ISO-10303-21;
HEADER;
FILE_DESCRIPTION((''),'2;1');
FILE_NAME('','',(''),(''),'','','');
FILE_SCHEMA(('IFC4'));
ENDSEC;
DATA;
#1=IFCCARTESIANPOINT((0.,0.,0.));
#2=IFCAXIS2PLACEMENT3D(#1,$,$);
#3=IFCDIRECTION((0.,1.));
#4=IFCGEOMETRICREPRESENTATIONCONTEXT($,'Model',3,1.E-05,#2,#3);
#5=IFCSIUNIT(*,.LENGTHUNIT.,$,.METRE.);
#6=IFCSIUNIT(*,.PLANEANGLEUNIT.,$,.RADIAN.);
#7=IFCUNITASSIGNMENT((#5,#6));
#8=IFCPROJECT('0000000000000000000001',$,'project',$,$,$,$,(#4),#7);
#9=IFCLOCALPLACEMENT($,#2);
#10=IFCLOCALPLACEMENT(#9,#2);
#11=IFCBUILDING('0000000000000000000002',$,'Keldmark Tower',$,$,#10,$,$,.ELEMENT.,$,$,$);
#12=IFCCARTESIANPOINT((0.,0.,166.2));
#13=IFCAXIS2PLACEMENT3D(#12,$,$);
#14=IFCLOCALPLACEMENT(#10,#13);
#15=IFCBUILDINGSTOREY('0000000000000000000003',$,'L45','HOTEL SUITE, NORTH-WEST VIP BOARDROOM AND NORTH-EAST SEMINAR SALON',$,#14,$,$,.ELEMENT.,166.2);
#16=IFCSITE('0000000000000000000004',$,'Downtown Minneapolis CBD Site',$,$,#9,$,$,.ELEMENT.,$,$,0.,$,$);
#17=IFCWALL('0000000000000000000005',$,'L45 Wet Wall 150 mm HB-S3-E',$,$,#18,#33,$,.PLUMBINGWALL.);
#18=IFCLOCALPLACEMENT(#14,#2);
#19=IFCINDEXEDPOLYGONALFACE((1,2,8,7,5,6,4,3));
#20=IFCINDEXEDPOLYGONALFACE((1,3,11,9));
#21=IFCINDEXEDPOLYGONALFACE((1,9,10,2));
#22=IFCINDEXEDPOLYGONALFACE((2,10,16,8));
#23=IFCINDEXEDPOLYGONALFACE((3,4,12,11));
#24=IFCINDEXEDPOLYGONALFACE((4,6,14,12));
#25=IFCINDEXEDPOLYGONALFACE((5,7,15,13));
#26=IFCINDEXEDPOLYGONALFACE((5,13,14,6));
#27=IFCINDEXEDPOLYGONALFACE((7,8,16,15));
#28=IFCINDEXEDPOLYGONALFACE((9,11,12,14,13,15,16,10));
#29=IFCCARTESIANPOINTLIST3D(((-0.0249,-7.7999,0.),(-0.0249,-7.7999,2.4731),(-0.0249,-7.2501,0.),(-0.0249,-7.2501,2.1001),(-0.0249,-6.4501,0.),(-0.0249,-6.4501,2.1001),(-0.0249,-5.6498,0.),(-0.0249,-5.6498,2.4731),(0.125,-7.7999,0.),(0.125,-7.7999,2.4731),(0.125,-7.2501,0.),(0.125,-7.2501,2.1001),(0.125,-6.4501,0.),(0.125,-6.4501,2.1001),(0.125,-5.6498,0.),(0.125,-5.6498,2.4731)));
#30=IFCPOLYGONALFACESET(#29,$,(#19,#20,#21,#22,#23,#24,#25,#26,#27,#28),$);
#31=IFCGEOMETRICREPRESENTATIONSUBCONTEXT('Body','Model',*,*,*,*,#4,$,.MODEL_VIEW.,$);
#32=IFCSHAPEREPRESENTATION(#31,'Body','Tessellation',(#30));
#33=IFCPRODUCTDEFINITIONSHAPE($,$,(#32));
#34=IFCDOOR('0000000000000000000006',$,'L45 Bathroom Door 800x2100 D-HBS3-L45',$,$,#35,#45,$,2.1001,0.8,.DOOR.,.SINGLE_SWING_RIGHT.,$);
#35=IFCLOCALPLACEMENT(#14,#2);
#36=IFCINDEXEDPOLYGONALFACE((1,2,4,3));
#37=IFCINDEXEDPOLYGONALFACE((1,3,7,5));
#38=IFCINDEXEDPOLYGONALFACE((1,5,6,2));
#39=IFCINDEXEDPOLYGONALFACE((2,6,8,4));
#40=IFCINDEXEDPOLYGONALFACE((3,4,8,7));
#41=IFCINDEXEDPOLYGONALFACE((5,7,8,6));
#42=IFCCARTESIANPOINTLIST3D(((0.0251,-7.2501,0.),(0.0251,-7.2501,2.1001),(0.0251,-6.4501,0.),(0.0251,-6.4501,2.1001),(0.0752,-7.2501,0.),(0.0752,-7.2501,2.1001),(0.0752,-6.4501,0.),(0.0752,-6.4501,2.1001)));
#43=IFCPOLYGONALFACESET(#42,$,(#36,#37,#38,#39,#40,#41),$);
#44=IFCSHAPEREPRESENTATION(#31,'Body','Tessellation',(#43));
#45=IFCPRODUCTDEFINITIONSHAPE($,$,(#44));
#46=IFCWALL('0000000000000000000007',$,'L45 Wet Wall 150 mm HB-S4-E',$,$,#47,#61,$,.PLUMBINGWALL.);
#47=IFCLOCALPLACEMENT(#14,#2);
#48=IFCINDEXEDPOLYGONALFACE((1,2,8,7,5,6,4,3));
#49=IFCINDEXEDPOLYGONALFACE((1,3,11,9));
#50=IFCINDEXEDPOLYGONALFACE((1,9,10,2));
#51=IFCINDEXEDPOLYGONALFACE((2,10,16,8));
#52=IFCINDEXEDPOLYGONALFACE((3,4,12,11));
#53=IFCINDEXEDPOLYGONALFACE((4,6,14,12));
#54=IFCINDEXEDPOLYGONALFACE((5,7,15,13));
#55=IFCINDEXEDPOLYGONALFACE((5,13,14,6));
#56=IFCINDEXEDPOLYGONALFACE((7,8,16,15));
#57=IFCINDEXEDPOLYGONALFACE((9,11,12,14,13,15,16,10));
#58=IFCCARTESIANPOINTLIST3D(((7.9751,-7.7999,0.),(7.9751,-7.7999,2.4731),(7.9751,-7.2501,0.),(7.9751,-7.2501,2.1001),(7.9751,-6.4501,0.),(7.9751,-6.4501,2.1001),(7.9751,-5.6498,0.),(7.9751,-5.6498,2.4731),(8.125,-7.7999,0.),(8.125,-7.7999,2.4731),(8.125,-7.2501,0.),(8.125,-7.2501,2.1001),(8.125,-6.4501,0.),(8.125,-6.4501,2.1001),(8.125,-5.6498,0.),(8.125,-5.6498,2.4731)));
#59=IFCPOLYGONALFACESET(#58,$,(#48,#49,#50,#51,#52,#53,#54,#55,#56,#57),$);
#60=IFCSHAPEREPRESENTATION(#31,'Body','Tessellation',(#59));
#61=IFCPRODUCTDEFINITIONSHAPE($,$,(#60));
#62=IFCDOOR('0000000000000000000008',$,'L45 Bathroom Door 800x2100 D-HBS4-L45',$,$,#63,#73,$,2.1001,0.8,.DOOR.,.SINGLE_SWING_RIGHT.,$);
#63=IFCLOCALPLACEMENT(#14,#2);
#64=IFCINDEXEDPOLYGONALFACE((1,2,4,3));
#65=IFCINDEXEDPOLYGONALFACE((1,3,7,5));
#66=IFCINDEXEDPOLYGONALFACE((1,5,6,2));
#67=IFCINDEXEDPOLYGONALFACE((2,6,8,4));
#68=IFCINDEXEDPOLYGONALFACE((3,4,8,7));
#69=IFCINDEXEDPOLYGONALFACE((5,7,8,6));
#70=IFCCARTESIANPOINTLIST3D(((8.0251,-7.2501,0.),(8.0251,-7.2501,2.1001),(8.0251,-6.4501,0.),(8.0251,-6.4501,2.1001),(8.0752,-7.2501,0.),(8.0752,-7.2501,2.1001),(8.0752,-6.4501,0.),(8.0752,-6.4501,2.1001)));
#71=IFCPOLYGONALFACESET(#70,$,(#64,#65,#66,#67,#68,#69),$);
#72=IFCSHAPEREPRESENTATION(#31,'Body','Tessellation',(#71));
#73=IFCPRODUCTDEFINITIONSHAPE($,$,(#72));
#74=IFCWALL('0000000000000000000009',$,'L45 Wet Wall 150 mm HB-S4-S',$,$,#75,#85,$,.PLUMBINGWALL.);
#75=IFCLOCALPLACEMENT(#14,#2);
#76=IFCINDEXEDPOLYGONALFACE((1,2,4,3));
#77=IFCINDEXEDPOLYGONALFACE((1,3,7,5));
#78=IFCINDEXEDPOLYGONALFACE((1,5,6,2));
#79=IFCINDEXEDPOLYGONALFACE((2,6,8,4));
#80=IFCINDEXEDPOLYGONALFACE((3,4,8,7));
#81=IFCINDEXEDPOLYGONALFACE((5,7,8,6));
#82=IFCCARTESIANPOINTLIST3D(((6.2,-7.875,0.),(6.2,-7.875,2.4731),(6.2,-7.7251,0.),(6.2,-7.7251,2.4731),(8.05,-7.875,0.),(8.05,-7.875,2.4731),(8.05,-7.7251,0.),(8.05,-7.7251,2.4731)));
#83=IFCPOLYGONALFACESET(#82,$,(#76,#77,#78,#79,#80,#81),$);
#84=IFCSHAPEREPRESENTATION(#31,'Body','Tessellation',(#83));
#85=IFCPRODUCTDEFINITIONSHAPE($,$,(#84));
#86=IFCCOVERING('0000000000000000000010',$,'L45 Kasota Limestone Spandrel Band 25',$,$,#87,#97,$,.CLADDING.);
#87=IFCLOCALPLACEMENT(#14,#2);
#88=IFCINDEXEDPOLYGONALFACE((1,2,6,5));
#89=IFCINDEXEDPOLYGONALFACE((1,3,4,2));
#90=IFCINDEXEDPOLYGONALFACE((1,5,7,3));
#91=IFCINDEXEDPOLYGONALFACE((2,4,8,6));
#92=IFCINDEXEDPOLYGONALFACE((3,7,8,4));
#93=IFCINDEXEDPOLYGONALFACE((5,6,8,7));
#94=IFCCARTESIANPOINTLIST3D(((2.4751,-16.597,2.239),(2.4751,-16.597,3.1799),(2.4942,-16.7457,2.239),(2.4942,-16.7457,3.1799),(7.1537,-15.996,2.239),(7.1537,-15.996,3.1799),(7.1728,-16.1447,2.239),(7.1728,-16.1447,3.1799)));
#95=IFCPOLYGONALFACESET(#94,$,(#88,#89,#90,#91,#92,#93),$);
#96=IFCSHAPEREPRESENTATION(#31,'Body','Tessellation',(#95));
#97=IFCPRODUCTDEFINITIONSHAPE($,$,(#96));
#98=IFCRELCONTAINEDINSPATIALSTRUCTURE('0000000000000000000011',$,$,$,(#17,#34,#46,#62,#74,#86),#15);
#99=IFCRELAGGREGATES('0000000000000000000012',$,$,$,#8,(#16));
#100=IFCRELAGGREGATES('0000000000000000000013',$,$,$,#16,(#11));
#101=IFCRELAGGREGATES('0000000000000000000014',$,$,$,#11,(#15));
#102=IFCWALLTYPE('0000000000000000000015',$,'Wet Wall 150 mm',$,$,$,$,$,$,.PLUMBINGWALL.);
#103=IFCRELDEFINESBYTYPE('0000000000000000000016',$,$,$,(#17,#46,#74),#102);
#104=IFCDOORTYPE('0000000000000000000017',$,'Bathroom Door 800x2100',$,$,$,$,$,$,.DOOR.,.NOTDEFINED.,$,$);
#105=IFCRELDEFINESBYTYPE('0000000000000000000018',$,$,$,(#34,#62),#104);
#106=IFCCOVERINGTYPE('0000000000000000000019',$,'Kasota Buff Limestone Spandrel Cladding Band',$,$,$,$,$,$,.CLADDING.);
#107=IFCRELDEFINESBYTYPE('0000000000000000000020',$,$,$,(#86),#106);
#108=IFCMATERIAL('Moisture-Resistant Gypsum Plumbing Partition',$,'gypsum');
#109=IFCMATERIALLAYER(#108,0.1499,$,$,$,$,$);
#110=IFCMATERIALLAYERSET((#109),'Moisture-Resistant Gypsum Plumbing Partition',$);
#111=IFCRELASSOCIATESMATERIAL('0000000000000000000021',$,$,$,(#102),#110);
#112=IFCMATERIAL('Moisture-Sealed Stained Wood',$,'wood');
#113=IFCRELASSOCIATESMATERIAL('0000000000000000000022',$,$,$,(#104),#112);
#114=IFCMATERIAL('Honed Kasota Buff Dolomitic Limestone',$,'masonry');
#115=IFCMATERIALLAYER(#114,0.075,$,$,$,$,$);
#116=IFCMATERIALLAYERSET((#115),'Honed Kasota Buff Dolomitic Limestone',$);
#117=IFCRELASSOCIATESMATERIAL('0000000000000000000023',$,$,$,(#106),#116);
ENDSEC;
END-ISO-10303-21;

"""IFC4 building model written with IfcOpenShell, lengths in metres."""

from ifc_helpers import new_model, si_unit, direction, frame, frame_2d, origin, origin_2d, place, context, subcontext, project, spatial, rectangle, extrude, material, layer, layer_set, type_object, element, fill, save


model = new_model("IFC4")

# Units and contexts
model_context = context("Model", 3, precision=1e-05, world=origin(), true_north=direction((0.0, 1.0)))
body_context = subcontext(model_context, "Body", "Model", "MODEL_VIEW")
ifc_project = project(units=[si_unit("LENGTHUNIT", "METRE"), si_unit("PLANEANGLEUNIT", "RADIAN")], contexts=[model_context])

# Site, building, storey
site_placement = place(None, origin())
site = spatial("IfcSite", under=ifc_project, at=site_placement, Name="Downtown Minneapolis CBD Site", CompositionType="ELEMENT", RefElevation=0.0)
building_placement = place(site_placement, origin())
building = spatial("IfcBuilding", under=site, at=building_placement, Name="Keldmark Tower", CompositionType="ELEMENT")
storey_placement = place(building_placement, frame((0.0, 0.0, 166.2)))
storey = spatial("IfcBuildingStorey", under=building, at=storey_placement, Name="L45", Description="HOTEL SUITE, NORTH-WEST VIP BOARDROOM AND NORTH-EAST SEMINAR SALON", CompositionType="ELEMENT", Elevation=166.2)

# Shared definitions
ifc_material_1 = material(Name="Moisture-Resistant Gypsum Plumbing Partition", Category="gypsum")
ifc_layer_1 = layer(ifc_material_1, 0.1499)
ifc_layer_set_1 = layer_set([ifc_layer_1], Name="Moisture-Resistant Gypsum Plumbing Partition")
wall_type_1 = type_object("IfcWallType", Name="Wet Wall 150 mm", PredefinedType="PLUMBINGWALL", material=ifc_layer_set_1)

# Walls, openings, doors
wall_1_placement = place(storey_placement, frame((0.05, -7.8, 0.0), z_axis=(0.0, 0.0, 1.0), x_axis=(0.0, 1.0, 0.0)))
wall_1 = element("IfcWall", 1, at=wall_1_placement, inside=storey, type_object=wall_type_1, Name="L45 Wet Wall 150 mm HB-S3-E", PredefinedType="PLUMBINGWALL", context=body_context, shape_type="SweptSolid", body=[
    extrude(rectangle(XDim=2.1501, YDim=0.1499, at=frame_2d((1.0752, 0.0))), origin(), (0.0, 0.0, 1.0), 2.4731),
])
opening_1_placement = place(wall_1_placement, frame((0.55, 0.0, 0.0)))
opening_1 = element("IfcOpeningElement", 2, at=opening_1_placement, cuts=wall_1, PredefinedType="OPENING", context=body_context, shape_type="SweptSolid", body=[
    extrude(rectangle(XDim=0.8, YDim=2.1001, at=frame_2d((0.3999, 1.05))), frame((0.0, 0.085, 0.0), z_axis=(0.0, -1.0, 0.0), x_axis=(1.0, 0.0, 0.0)), (0.0, 0.0, 1.0), 0.1699),
])
ifc_material_2 = material(Name="Moisture-Sealed Stained Wood", Category="wood")
door_type = type_object("IfcDoorType", Name="Bathroom Door 800x2100", OperationType="NOTDEFINED", PredefinedType="DOOR", material=ifc_material_2)
door_1_placement = place(opening_1_placement, origin())
door_1 = element("IfcDoor", 3, at=door_1_placement, inside=storey, type_object=door_type, Name="L45 Bathroom Door 800x2100 D-HBS3-L45", OperationType="SINGLE_SWING_RIGHT", OverallHeight=2.1001, OverallWidth=0.8, PredefinedType="DOOR", context=body_context, shape_type="SweptSolid", body=[
    extrude(rectangle(XDim=0.8, YDim=2.1001, at=frame_2d((0.3999, 1.05))), frame((0.0, 0.0249, 0.0), z_axis=(0.0, -1.0, 0.0), x_axis=(1.0, 0.0, 0.0)), (0.0, 0.0, 1.0), 0.05),
])
fill(opening_1, door_1)
wall_2_placement = place(storey_placement, frame((8.05, -7.8, 0.0), z_axis=(0.0, 0.0, 1.0), x_axis=(0.0, 1.0, 0.0)))
wall_2 = element("IfcWall", 4, at=wall_2_placement, inside=storey, type_object=wall_type_1, Name="L45 Wet Wall 150 mm HB-S4-E", PredefinedType="PLUMBINGWALL", context=body_context, shape_type="SweptSolid", body=[
    extrude(rectangle(XDim=2.1501, YDim=0.1499, at=frame_2d((1.0752, 0.0))), origin(), (0.0, 0.0, 1.0), 2.4731),
])
opening_2_placement = place(wall_2_placement, frame((0.55, 0.0, 0.0)))
opening_2 = element("IfcOpeningElement", 5, at=opening_2_placement, cuts=wall_2, PredefinedType="OPENING", context=body_context, shape_type="SweptSolid", body=[
    extrude(rectangle(XDim=0.8, YDim=2.1001, at=frame_2d((0.3999, 1.05))), frame((0.0, 0.085, 0.0), z_axis=(0.0, -1.0, 0.0), x_axis=(1.0, 0.0, 0.0)), (0.0, 0.0, 1.0), 0.1699),
])
door_2_placement = place(opening_2_placement, origin())
door_2 = element("IfcDoor", 6, at=door_2_placement, inside=storey, type_object=door_type, Name="L45 Bathroom Door 800x2100 D-HBS4-L45", OperationType="SINGLE_SWING_RIGHT", OverallHeight=2.1001, OverallWidth=0.8, PredefinedType="DOOR", context=body_context, shape_type="SweptSolid", body=[
    extrude(rectangle(XDim=0.8, YDim=2.1001, at=frame_2d((0.3999, 1.05))), frame((0.0, 0.0249, 0.0), z_axis=(0.0, -1.0, 0.0), x_axis=(1.0, 0.0, 0.0)), (0.0, 0.0, 1.0), 0.05),
])
fill(opening_2, door_2)

# Wall
wall_3_placement = place(storey_placement, frame((6.2, -7.8, 0.0), z_axis=(0.0, 0.0, 1.0), x_axis=(1.0, 0.0, 0.0)))
element("IfcWall", 7, at=wall_3_placement, inside=storey, type_object=wall_type_1, Name="L45 Wet Wall 150 mm HB-S4-S", PredefinedType="PLUMBINGWALL", context=body_context, shape_type="SweptSolid", body=[
    extrude(rectangle(XDim=1.8501, YDim=0.1499, at=frame_2d((0.925, 0.0))), origin(), (0.0, 0.0, 1.0), 2.4731),
])

# Covering
ifc_material_3 = material(Name="Honed Kasota Buff Dolomitic Limestone", Category="masonry")
ifc_layer_2 = layer(ifc_material_3, 0.075)
ifc_layer_set_2 = layer_set([ifc_layer_2], Name="Honed Kasota Buff Dolomitic Limestone")
covering_type = type_object("IfcCoveringType", Name="Kasota Buff Limestone Spandrel Cladding Band", PredefinedType="CLADDING", material=ifc_layer_set_2)
covering_placement = place(storey_placement, frame((4.824, -16.3708, 2.239), z_axis=(0.0, 0.0, 1.0), x_axis=(0.99185, 0.127411, 0.0)))
element("IfcCovering", 8, at=covering_placement, inside=storey, type_object=covering_type, Name="L45 Kasota Limestone Spandrel Band 25", PredefinedType="CLADDING", context=body_context, shape_type="SweptSolid", body=[
    extrude(rectangle(XDim=4.717, YDim=0.1499, at=origin_2d()), origin(), (0.0, 0.0, 1.0), 0.9409),
])

save(model, "model.ifc")
